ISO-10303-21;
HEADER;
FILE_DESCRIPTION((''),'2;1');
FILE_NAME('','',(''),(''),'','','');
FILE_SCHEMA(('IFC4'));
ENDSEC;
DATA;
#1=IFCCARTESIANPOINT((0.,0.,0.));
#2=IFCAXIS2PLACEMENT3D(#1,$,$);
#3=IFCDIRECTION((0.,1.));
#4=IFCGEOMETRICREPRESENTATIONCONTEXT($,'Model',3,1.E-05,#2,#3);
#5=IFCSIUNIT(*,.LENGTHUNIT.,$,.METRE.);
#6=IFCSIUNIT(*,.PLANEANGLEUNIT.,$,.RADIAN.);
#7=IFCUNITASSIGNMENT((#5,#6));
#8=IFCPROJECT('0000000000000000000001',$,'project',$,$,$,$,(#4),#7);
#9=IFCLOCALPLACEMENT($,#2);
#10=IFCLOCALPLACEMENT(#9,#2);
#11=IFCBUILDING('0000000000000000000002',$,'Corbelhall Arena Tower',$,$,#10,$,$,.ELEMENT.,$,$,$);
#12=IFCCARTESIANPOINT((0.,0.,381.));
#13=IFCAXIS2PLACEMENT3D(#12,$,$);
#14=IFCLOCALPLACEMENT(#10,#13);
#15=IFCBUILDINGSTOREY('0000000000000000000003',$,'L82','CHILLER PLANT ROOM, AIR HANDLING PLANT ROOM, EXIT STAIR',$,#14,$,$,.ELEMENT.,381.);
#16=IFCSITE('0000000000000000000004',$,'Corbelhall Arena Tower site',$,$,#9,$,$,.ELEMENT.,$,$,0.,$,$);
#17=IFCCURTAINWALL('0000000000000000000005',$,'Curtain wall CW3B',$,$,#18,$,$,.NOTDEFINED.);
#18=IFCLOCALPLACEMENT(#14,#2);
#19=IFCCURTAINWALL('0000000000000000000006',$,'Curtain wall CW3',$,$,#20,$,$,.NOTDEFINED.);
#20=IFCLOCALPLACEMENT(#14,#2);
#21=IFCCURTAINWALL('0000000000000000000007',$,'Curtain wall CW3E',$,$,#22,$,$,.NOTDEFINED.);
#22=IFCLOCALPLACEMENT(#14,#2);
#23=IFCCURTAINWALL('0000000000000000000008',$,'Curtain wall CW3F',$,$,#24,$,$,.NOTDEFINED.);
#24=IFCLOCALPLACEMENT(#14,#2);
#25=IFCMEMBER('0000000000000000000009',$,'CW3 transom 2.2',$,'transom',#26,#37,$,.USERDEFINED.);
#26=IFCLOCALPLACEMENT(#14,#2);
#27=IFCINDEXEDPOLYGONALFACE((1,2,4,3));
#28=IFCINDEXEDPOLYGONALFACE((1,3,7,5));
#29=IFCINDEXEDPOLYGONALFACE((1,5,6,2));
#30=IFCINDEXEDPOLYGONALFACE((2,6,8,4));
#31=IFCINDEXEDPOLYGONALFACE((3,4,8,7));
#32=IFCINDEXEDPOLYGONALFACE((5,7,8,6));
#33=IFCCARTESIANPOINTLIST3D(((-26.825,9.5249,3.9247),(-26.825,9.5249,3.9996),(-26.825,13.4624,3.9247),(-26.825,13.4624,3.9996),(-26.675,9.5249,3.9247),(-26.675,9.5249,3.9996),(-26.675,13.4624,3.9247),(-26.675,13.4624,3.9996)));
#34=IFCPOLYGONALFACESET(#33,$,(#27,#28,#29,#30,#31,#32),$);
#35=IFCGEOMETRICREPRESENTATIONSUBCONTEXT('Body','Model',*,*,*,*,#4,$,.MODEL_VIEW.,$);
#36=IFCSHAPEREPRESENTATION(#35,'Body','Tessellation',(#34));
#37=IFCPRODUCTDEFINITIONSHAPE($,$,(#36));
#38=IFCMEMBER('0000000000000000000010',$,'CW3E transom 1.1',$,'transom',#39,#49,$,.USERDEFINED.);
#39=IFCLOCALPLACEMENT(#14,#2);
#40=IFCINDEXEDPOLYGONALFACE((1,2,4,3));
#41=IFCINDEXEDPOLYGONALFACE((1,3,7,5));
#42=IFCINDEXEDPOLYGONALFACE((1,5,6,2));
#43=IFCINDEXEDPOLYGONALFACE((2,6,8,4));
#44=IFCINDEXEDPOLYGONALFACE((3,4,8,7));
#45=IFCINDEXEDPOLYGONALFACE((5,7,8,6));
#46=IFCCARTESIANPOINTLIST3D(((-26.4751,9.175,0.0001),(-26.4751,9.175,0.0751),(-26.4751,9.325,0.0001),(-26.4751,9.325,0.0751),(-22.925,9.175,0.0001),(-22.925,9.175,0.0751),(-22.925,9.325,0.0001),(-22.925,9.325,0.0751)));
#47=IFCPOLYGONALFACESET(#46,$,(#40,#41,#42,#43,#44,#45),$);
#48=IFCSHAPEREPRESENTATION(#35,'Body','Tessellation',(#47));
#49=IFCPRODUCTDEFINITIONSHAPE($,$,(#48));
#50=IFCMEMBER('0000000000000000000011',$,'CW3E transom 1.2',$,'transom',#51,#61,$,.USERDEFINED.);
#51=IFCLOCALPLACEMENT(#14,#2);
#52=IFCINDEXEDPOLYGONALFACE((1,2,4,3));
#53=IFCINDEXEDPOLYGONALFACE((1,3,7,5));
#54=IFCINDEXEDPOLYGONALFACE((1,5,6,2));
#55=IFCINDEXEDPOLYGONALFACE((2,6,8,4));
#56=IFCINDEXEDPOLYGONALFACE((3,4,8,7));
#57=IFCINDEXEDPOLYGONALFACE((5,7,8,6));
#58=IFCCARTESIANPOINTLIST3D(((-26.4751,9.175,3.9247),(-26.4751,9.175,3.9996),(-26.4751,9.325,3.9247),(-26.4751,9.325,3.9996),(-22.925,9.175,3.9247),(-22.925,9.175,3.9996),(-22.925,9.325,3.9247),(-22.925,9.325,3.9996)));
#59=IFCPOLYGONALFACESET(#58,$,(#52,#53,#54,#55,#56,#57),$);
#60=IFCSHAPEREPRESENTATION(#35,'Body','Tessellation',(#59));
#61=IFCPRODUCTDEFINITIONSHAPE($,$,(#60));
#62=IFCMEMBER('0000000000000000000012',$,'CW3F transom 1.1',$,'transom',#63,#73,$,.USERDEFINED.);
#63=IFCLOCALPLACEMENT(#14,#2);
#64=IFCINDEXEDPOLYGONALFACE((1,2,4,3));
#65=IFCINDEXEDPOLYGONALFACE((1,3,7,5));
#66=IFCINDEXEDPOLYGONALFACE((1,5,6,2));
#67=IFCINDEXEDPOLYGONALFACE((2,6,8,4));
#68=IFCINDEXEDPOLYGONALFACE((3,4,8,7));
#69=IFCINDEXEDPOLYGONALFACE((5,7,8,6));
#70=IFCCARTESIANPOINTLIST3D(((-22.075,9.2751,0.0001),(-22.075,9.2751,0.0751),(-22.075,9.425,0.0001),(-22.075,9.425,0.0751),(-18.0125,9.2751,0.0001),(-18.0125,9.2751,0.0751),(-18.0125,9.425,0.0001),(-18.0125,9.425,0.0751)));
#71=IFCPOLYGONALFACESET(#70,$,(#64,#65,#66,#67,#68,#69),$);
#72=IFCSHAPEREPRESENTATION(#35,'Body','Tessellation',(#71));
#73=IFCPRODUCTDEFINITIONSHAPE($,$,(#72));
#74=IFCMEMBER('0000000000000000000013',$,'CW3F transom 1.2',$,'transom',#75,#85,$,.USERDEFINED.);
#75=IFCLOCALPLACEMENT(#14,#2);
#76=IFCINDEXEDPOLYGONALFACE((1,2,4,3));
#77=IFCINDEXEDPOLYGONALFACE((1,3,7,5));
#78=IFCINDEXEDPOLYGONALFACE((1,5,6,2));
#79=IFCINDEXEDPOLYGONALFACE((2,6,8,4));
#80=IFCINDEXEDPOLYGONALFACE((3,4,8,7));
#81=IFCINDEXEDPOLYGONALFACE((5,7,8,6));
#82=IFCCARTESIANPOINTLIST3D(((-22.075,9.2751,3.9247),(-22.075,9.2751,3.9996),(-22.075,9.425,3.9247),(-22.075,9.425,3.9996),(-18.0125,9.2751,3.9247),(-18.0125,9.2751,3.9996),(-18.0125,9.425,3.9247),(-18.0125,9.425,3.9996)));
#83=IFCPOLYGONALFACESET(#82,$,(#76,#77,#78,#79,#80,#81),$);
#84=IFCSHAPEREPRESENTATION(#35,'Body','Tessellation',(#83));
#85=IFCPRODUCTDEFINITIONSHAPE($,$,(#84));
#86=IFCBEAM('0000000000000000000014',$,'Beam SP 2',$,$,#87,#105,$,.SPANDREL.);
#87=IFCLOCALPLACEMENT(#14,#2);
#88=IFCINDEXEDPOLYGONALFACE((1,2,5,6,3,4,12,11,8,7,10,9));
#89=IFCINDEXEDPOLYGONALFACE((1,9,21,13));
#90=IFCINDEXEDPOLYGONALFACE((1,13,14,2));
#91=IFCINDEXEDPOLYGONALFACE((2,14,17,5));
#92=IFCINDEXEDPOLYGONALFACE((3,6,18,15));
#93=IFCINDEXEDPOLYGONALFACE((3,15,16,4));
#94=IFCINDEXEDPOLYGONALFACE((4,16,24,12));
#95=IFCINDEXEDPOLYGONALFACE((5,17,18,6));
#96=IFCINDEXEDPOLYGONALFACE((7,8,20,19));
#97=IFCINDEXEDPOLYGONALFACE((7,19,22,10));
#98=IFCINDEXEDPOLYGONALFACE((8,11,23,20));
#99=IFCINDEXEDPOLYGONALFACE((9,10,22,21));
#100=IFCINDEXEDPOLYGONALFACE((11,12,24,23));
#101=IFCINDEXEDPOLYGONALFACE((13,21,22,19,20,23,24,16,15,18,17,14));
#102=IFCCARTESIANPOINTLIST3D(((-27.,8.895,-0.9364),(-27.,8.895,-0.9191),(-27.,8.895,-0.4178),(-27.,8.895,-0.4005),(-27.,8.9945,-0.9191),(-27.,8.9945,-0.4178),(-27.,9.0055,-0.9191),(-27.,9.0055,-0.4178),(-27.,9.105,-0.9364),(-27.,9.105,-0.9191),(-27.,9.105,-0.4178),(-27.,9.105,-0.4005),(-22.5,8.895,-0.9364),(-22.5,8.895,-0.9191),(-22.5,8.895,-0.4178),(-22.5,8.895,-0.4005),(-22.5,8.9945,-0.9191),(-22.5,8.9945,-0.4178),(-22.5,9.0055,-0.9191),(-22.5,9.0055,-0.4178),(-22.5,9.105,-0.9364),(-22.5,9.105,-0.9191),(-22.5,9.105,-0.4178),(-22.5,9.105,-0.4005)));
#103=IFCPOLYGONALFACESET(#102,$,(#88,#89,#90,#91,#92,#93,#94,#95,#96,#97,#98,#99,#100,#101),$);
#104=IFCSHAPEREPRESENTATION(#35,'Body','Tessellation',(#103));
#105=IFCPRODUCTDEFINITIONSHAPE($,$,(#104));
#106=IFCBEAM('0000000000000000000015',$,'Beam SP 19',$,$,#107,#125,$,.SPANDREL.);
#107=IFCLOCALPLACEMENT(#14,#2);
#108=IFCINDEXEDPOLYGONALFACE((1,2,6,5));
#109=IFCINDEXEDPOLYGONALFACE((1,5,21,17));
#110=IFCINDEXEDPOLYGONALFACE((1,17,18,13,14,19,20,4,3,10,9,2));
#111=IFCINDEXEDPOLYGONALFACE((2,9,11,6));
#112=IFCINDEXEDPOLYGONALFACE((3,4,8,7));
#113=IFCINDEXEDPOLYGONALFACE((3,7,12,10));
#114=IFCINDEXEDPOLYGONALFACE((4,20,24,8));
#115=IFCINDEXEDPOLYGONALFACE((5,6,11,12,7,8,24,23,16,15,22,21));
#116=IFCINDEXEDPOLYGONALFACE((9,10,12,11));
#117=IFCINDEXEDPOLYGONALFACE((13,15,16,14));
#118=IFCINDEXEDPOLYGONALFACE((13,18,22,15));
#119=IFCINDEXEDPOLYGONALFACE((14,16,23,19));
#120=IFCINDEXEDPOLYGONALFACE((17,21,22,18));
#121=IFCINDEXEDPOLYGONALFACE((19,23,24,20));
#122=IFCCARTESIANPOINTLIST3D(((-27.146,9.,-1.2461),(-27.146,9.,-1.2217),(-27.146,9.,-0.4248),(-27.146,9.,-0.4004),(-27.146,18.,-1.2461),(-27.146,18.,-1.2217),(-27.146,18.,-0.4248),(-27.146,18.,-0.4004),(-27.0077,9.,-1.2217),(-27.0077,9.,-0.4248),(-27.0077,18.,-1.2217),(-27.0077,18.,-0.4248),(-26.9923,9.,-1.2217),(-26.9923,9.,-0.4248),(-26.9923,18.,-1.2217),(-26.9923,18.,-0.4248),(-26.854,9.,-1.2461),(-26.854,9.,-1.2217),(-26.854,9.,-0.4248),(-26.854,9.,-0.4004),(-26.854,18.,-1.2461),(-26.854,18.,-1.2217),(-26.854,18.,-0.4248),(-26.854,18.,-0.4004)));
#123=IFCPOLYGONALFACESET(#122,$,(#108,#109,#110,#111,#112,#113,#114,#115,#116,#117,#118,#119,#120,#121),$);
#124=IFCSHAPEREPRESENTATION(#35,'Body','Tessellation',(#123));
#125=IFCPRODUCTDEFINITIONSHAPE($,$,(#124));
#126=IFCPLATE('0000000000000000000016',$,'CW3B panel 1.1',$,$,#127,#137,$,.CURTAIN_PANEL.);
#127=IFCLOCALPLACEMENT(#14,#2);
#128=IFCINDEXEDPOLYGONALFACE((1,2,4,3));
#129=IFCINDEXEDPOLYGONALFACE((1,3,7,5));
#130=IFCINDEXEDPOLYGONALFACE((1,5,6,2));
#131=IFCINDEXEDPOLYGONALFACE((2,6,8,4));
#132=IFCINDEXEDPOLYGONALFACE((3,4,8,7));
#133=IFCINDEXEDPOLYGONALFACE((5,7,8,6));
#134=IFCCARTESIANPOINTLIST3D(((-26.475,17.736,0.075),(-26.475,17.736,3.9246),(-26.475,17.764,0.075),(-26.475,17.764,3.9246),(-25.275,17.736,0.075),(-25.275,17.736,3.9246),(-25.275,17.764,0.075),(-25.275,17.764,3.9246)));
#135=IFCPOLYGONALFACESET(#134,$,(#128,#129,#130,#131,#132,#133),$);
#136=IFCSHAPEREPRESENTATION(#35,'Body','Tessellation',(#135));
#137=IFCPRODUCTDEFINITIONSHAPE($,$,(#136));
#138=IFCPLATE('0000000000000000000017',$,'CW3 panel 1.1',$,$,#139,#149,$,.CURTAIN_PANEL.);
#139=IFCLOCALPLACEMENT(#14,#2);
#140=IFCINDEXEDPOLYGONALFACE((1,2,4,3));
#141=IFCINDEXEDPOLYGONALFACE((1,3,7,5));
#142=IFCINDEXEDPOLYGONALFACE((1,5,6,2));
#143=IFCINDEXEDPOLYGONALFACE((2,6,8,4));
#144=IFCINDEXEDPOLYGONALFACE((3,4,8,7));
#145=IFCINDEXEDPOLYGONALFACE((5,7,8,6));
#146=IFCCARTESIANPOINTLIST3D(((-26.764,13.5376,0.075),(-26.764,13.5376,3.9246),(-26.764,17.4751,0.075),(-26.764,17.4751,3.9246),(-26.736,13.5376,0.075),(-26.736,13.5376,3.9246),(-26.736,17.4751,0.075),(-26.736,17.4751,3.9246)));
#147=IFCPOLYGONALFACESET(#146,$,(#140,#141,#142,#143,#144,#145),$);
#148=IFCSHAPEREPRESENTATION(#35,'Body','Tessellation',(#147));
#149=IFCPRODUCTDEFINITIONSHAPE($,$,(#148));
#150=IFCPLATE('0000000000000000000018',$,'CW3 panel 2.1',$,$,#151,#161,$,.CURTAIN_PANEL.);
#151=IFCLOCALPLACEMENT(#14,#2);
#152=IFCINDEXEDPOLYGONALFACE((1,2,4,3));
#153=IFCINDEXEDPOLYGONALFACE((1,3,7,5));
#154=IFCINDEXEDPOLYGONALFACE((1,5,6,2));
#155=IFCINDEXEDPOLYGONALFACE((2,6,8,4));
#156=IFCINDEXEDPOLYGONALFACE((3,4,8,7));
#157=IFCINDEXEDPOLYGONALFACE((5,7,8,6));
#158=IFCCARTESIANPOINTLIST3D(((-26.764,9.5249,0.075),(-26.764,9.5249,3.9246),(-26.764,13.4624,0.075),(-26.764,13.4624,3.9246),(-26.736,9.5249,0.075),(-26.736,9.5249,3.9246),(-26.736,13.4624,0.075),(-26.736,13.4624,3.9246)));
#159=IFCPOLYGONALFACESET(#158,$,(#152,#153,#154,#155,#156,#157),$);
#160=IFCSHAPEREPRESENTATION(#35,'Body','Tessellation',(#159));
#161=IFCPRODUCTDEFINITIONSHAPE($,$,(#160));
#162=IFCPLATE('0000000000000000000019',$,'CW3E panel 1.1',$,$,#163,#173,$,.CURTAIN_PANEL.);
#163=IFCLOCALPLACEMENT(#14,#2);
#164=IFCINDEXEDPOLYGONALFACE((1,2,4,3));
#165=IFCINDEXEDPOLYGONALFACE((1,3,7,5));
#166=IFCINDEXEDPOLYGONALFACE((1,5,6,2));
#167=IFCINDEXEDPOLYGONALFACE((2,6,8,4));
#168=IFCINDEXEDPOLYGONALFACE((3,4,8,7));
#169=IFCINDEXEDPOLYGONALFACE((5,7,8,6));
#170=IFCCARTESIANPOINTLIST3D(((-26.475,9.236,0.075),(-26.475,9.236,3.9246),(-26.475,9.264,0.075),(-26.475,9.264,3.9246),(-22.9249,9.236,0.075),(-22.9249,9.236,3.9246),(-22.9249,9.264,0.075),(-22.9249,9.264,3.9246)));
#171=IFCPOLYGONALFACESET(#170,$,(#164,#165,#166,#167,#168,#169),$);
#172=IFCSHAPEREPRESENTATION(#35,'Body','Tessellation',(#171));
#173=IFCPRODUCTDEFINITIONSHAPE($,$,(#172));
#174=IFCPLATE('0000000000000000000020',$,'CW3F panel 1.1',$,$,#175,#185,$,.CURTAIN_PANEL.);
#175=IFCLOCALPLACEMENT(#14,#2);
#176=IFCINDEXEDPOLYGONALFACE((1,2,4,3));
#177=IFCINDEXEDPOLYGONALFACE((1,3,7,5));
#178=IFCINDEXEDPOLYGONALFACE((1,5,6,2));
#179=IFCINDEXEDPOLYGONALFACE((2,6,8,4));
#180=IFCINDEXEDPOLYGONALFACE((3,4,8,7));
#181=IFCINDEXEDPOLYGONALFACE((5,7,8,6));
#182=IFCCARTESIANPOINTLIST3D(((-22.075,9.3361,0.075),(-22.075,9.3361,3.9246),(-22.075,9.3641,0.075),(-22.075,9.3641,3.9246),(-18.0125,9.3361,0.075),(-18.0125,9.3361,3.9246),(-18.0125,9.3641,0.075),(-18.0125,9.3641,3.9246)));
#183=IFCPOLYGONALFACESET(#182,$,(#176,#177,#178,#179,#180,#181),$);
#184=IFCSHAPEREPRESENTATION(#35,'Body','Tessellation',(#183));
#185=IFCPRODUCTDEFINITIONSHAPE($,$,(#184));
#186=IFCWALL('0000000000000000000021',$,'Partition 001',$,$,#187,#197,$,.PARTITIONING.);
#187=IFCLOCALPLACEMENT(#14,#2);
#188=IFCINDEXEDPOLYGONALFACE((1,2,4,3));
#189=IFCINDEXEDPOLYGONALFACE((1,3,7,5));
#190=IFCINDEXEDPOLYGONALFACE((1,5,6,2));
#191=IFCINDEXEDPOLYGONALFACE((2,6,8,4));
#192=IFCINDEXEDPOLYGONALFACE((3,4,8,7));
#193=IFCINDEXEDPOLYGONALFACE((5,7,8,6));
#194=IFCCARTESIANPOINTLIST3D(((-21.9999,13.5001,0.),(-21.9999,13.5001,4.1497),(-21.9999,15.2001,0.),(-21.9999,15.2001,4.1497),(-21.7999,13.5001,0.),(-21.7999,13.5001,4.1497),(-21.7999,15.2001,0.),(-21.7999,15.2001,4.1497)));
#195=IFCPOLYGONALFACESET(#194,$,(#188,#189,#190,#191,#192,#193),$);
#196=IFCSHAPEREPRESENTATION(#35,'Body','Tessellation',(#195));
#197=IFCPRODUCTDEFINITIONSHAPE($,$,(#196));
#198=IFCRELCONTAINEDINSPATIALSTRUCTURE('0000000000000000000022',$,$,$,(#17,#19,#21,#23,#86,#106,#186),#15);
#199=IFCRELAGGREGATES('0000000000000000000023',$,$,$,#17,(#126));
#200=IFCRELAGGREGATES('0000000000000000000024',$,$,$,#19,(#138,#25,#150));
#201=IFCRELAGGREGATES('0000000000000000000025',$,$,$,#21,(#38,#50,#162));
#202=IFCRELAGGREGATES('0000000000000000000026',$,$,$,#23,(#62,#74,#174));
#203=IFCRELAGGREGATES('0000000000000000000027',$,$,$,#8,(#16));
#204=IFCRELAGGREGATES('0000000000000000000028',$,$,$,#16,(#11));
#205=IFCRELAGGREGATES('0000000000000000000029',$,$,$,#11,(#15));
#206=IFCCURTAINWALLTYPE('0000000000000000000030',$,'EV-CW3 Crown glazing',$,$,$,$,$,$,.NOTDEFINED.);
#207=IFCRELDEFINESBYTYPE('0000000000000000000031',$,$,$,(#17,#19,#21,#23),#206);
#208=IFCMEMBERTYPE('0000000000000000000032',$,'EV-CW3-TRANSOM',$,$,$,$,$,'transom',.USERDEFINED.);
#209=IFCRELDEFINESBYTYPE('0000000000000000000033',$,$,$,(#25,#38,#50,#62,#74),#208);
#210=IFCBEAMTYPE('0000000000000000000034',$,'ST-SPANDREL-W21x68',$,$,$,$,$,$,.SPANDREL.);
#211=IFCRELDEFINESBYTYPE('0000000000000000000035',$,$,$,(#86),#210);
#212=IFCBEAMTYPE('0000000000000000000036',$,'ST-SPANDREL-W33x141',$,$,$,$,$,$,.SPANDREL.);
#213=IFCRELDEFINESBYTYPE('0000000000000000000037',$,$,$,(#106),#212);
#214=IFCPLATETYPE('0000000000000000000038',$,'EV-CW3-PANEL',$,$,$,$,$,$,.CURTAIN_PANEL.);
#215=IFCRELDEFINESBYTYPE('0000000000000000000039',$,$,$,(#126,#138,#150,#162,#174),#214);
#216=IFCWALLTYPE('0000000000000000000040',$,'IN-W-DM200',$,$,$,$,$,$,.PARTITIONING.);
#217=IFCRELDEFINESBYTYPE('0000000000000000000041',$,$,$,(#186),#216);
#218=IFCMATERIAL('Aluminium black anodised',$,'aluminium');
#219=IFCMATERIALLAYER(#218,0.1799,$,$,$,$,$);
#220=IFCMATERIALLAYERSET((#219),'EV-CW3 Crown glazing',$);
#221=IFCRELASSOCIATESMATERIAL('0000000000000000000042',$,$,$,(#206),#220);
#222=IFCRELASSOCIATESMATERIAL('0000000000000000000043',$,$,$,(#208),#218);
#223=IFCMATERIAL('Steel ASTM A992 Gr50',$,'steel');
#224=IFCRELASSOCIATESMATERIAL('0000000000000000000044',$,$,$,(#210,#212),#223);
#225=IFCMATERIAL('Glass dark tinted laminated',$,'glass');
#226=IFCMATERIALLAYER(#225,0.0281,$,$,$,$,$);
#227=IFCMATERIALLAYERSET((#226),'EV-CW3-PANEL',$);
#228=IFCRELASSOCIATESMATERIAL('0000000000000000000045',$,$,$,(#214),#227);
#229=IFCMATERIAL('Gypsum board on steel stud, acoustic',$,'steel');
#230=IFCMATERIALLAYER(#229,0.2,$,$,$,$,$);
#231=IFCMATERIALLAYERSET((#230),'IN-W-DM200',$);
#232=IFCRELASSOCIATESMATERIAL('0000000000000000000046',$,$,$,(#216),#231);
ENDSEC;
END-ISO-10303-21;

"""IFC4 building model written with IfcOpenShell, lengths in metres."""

from ifc_helpers import new_model, si_unit, direction, frame, frame_2d, origin, origin_2d, place, context, subcontext, project, spatial, rectangle, i_section, extrude, material, layer, layer_set, material_profile, profile_set, type_object, element, aggregate, save


model = new_model("IFC4")

# Units and contexts
model_context = context("Model", 3, precision=1e-05, world=origin(), true_north=direction((0.0, 1.0)))
body_context = subcontext(model_context, "Body", "Model", "MODEL_VIEW")
ifc_project = project(units=[si_unit("LENGTHUNIT", "METRE"), si_unit("PLANEANGLEUNIT", "RADIAN")], contexts=[model_context])

# Site, building, storey
site_placement = place(None, origin())
site = spatial("IfcSite", under=ifc_project, at=site_placement, Name="Corbelhall Arena Tower site", CompositionType="ELEMENT", RefElevation=0.0)
building_placement = place(site_placement, origin())
building = spatial("IfcBuilding", under=site, at=building_placement, Name="Corbelhall Arena Tower", CompositionType="ELEMENT")
storey_placement = place(building_placement, frame((0.0, 0.0, 381.0)))
storey = spatial("IfcBuildingStorey", under=building, at=storey_placement, Name="L82", Description="CHILLER PLANT ROOM, AIR HANDLING PLANT ROOM, EXIT STAIR", CompositionType="ELEMENT", Elevation=381.0)

# Curtain wall
ifc_material_1 = material(Name="Aluminium black anodised", Category="aluminium")
ifc_layer_1 = layer(ifc_material_1, 0.1799)
ifc_layer_set_1 = layer_set([ifc_layer_1], Name="EV-CW3 Crown glazing")
curtain_wall_type = type_object("IfcCurtainWallType", Name="EV-CW3 Crown glazing", PredefinedType="NOTDEFINED", material=ifc_layer_set_1)
curtain_wall_1_placement = place(storey_placement, origin())
curtain_wall_1 = element("IfcCurtainWall", 1, at=curtain_wall_1_placement, inside=storey, type_object=curtain_wall_type, Name="Curtain wall CW3B", PredefinedType="NOTDEFINED")

# Curtain walls
curtain_wall_2_placement = place(storey_placement, origin())
curtain_wall_2 = element("IfcCurtainWall", 2, at=curtain_wall_2_placement, inside=storey, type_object=curtain_wall_type, Name="Curtain wall CW3", PredefinedType="NOTDEFINED")
curtain_wall_3_placement = place(storey_placement, origin())
curtain_wall_3 = element("IfcCurtainWall", 3, at=curtain_wall_3_placement, inside=storey, type_object=curtain_wall_type, Name="Curtain wall CW3E", PredefinedType="NOTDEFINED")

# Curtain wall
curtain_wall_4_placement = place(storey_placement, origin())
curtain_wall_4 = element("IfcCurtainWall", 4, at=curtain_wall_4_placement, inside=storey, type_object=curtain_wall_type, Name="Curtain wall CW3F", PredefinedType="NOTDEFINED")

# Members
ifc_material_profile_1 = material_profile(ifc_material_1, rectangle(XDim=0.1499, YDim=0.075, at=origin_2d()))
ifc_profile_set_1 = profile_set([ifc_material_profile_1], Name="Aluminium black anodised")
member_type_1 = type_object("IfcMemberType", Name="EV-CW3-TRANSOM", ElementType="transom", PredefinedType="USERDEFINED", material=ifc_profile_set_1)
member_1_placement = place(storey_placement, frame((-26.75, 13.4624, 3.9622), z_axis=(0.0, -1.0, 0.0), x_axis=(1.0, 0.0, 0.0)))
member_1 = element("IfcMember", 5, at=member_1_placement, type_object=member_type_1, Name="CW3 transom 2.2", ObjectType="transom", PredefinedType="USERDEFINED", context=body_context, shape_type="SweptSolid", body=[
    extrude(rectangle(XDim=0.1499, YDim=0.075, at=origin_2d()), origin(), (0.0, 0.0, 1.0), 3.9375),
])
member_2_placement = place(storey_placement, frame((-26.4751, 9.25, 0.0376), z_axis=(1.0, 0.0, 0.0), x_axis=(0.0, 1.0, 0.0)))
member_2 = element("IfcMember", 6, at=member_2_placement, type_object=member_type_1, Name="CW3E transom 1.1", ObjectType="transom", PredefinedType="USERDEFINED", context=body_context, shape_type="SweptSolid", body=[
    extrude(rectangle(XDim=0.1499, YDim=0.075, at=origin_2d()), origin(), (0.0, 0.0, 1.0), 3.55),
])
member_3_placement = place(storey_placement, frame((-26.4751, 9.25, 3.9622), z_axis=(1.0, 0.0, 0.0), x_axis=(0.0, 1.0, 0.0)))
member_3 = element("IfcMember", 7, at=member_3_placement, type_object=member_type_1, Name="CW3E transom 1.2", ObjectType="transom", PredefinedType="USERDEFINED", context=body_context, shape_type="SweptSolid", body=[
    extrude(rectangle(XDim=0.1499, YDim=0.075, at=origin_2d()), origin(), (0.0, 0.0, 1.0), 3.55),
])
member_4_placement = place(storey_placement, frame((-22.075, 9.3501, 0.0376), z_axis=(1.0, 0.0, 0.0), x_axis=(0.0, 1.0, 0.0)))
member_4 = element("IfcMember", 8, at=member_4_placement, type_object=member_type_1, Name="CW3F transom 1.1", ObjectType="transom", PredefinedType="USERDEFINED", context=body_context, shape_type="SweptSolid", body=[
    extrude(rectangle(XDim=0.1499, YDim=0.075, at=origin_2d()), origin(), (0.0, 0.0, 1.0), 4.0625),
])
member_5_placement = place(storey_placement, frame((-22.075, 9.3501, 3.9622), z_axis=(1.0, 0.0, 0.0), x_axis=(0.0, 1.0, 0.0)))
member_5 = element("IfcMember", 9, at=member_5_placement, type_object=member_type_1, Name="CW3F transom 1.2", ObjectType="transom", PredefinedType="USERDEFINED", context=body_context, shape_type="SweptSolid", body=[
    extrude(rectangle(XDim=0.1499, YDim=0.075, at=origin_2d()), origin(), (0.0, 0.0, 1.0), 4.0625),
])

# Beams
ifc_material_2 = material(Name="Steel ASTM A992 Gr50", Category="steel")
ifc_material_profile_2 = material_profile(ifc_material_2, i_section(OverallWidth=0.21, OverallDepth=0.5359, WebThickness=0.011, FlangeThickness=0.0173, at=origin_2d()))
ifc_profile_set_2 = profile_set([ifc_material_profile_2], Name="Steel ASTM A992 Gr50")
beam_type_1 = type_object("IfcBeamType", Name="ST-SPANDREL-W21x68", PredefinedType="SPANDREL", material=ifc_profile_set_2)
beam_1_placement = place(storey_placement, frame((-22.5, 9.0, -0.6685), z_axis=(-1.0, 0.0, 0.0), x_axis=(0.0, -1.0, 0.0)))
element("IfcBeam", 10, at=beam_1_placement, inside=storey, type_object=beam_type_1, Name="Beam SP 2", PredefinedType="SPANDREL", context=body_context, shape_type="SweptSolid", body=[
    extrude(i_section(OverallWidth=0.21, OverallDepth=0.5359, WebThickness=0.011, FlangeThickness=0.0173, at=origin_2d()), origin(), (0.0, 0.0, 1.0), 4.5),
])
ifc_material_profile_3 = material_profile(ifc_material_2, i_section(OverallWidth=0.292, OverallDepth=0.8457, WebThickness=0.0154, FlangeThickness=0.0244, at=origin_2d()))
ifc_profile_set_3 = profile_set([ifc_material_profile_3], Name="Steel ASTM A992 Gr50")
beam_type_2 = type_object("IfcBeamType", Name="ST-SPANDREL-W33x141", PredefinedType="SPANDREL", material=ifc_profile_set_3)
beam_2_placement = place(storey_placement, frame((-27.0, 9.0, -0.8232), z_axis=(0.0, 1.0, 0.0), x_axis=(-1.0, 0.0, 0.0)))
element("IfcBeam", 11, at=beam_2_placement, inside=storey, type_object=beam_type_2, Name="Beam SP 19", PredefinedType="SPANDREL", context=body_context, shape_type="SweptSolid", body=[
    extrude(i_section(OverallWidth=0.292, OverallDepth=0.8457, WebThickness=0.0154, FlangeThickness=0.0244, at=origin_2d()), origin(), (0.0, 0.0, 1.0), 9.0),
])

# Plates
ifc_material_3 = material(Name="Glass dark tinted laminated", Category="glass")
ifc_layer_2 = layer(ifc_material_3, 0.0281)
ifc_layer_set_2 = layer_set([ifc_layer_2], Name="EV-CW3-PANEL")
plate_type = type_object("IfcPlateType", Name="EV-CW3-PANEL", PredefinedType="CURTAIN_PANEL", material=ifc_layer_set_2)
plate_1_placement = place(storey_placement, frame((-25.875, 17.75, 0.075), z_axis=(0.0, 0.0, 1.0), x_axis=(-1.0, 0.0, 0.0)))
plate_1 = element("IfcPlate", 12, at=plate_1_placement, type_object=plate_type, Name="CW3B panel 1.1", PredefinedType="CURTAIN_PANEL", context=body_context, shape_type="SweptSolid", body=[
    extrude(rectangle(XDim=1.2, YDim=0.0281, at=origin_2d()), origin(), (0.0, 0.0, 1.0), 3.8496),
])
aggregate(curtain_wall_1, [plate_1])
plate_2_placement = place(storey_placement, frame((-26.75, 15.5063, 0.075), z_axis=(0.0, 0.0, 1.0), x_axis=(0.0, -1.0, 0.0)))
plate_2 = element("IfcPlate", 13, at=plate_2_placement, type_object=plate_type, Name="CW3 panel 1.1", PredefinedType="CURTAIN_PANEL", context=body_context, shape_type="SweptSolid", body=[
    extrude(rectangle(XDim=3.9375, YDim=0.0281, at=origin_2d()), origin(), (0.0, 0.0, 1.0), 3.8496),
])
plate_3_placement = place(storey_placement, frame((-26.75, 11.4937, 0.075), z_axis=(0.0, 0.0, 1.0), x_axis=(0.0, -1.0, 0.0)))
plate_3 = element("IfcPlate", 14, at=plate_3_placement, type_object=plate_type, Name="CW3 panel 2.1", PredefinedType="CURTAIN_PANEL", context=body_context, shape_type="SweptSolid", body=[
    extrude(rectangle(XDim=3.9375, YDim=0.0281, at=origin_2d()), origin(), (0.0, 0.0, 1.0), 3.8496),
])
aggregate(curtain_wall_2, [plate_2, member_1, plate_3])
plate_4_placement = place(storey_placement, frame((-24.7, 9.25, 0.075), z_axis=(0.0, 0.0, 1.0), x_axis=(1.0, 0.0, 0.0)))
plate_4 = element("IfcPlate", 15, at=plate_4_placement, type_object=plate_type, Name="CW3E panel 1.1", PredefinedType="CURTAIN_PANEL", context=body_context, shape_type="SweptSolid", body=[
    extrude(rectangle(XDim=3.55, YDim=0.0281, at=origin_2d()), origin(), (0.0, 0.0, 1.0), 3.8496),
])
aggregate(curtain_wall_3, [member_2, member_3, plate_4])
plate_5_placement = place(storey_placement, frame((-20.0437, 9.3501, 0.075), z_axis=(0.0, 0.0, 1.0), x_axis=(1.0, 0.0, 0.0)))
plate_5 = element("IfcPlate", 16, at=plate_5_placement, type_object=plate_type, Name="CW3F panel 1.1", PredefinedType="CURTAIN_PANEL", context=body_context, shape_type="SweptSolid", body=[
    extrude(rectangle(XDim=4.0625, YDim=0.0281, at=origin_2d()), origin(), (0.0, 0.0, 1.0), 3.8496),
])
aggregate(curtain_wall_4, [member_4, member_5, plate_5])

# Wall
ifc_material_4 = material(Name="Gypsum board on steel stud, acoustic", Category="steel")
ifc_layer_3 = layer(ifc_material_4, 0.2)
ifc_layer_set_3 = layer_set([ifc_layer_3], Name="IN-W-DM200")
wall_type_1 = type_object("IfcWallType", Name="IN-W-DM200", PredefinedType="PARTITIONING", material=ifc_layer_set_3)
wall_1_placement = place(storey_placement, frame((-21.8999, 13.5, 0.0), z_axis=(0.0, 0.0, 1.0), x_axis=(0.0, 1.0, 0.0)))
element("IfcWall", 17, at=wall_1_placement, inside=storey, type_object=wall_type_1, Name="Partition 001", PredefinedType="PARTITIONING", context=body_context, shape_type="SweptSolid", body=[
    extrude(rectangle(XDim=1.7, YDim=0.2, at=frame_2d((0.8501, 0.0))), origin(), (0.0, 0.0, 1.0), 4.1497),
])

save(model, "model.ifc")
